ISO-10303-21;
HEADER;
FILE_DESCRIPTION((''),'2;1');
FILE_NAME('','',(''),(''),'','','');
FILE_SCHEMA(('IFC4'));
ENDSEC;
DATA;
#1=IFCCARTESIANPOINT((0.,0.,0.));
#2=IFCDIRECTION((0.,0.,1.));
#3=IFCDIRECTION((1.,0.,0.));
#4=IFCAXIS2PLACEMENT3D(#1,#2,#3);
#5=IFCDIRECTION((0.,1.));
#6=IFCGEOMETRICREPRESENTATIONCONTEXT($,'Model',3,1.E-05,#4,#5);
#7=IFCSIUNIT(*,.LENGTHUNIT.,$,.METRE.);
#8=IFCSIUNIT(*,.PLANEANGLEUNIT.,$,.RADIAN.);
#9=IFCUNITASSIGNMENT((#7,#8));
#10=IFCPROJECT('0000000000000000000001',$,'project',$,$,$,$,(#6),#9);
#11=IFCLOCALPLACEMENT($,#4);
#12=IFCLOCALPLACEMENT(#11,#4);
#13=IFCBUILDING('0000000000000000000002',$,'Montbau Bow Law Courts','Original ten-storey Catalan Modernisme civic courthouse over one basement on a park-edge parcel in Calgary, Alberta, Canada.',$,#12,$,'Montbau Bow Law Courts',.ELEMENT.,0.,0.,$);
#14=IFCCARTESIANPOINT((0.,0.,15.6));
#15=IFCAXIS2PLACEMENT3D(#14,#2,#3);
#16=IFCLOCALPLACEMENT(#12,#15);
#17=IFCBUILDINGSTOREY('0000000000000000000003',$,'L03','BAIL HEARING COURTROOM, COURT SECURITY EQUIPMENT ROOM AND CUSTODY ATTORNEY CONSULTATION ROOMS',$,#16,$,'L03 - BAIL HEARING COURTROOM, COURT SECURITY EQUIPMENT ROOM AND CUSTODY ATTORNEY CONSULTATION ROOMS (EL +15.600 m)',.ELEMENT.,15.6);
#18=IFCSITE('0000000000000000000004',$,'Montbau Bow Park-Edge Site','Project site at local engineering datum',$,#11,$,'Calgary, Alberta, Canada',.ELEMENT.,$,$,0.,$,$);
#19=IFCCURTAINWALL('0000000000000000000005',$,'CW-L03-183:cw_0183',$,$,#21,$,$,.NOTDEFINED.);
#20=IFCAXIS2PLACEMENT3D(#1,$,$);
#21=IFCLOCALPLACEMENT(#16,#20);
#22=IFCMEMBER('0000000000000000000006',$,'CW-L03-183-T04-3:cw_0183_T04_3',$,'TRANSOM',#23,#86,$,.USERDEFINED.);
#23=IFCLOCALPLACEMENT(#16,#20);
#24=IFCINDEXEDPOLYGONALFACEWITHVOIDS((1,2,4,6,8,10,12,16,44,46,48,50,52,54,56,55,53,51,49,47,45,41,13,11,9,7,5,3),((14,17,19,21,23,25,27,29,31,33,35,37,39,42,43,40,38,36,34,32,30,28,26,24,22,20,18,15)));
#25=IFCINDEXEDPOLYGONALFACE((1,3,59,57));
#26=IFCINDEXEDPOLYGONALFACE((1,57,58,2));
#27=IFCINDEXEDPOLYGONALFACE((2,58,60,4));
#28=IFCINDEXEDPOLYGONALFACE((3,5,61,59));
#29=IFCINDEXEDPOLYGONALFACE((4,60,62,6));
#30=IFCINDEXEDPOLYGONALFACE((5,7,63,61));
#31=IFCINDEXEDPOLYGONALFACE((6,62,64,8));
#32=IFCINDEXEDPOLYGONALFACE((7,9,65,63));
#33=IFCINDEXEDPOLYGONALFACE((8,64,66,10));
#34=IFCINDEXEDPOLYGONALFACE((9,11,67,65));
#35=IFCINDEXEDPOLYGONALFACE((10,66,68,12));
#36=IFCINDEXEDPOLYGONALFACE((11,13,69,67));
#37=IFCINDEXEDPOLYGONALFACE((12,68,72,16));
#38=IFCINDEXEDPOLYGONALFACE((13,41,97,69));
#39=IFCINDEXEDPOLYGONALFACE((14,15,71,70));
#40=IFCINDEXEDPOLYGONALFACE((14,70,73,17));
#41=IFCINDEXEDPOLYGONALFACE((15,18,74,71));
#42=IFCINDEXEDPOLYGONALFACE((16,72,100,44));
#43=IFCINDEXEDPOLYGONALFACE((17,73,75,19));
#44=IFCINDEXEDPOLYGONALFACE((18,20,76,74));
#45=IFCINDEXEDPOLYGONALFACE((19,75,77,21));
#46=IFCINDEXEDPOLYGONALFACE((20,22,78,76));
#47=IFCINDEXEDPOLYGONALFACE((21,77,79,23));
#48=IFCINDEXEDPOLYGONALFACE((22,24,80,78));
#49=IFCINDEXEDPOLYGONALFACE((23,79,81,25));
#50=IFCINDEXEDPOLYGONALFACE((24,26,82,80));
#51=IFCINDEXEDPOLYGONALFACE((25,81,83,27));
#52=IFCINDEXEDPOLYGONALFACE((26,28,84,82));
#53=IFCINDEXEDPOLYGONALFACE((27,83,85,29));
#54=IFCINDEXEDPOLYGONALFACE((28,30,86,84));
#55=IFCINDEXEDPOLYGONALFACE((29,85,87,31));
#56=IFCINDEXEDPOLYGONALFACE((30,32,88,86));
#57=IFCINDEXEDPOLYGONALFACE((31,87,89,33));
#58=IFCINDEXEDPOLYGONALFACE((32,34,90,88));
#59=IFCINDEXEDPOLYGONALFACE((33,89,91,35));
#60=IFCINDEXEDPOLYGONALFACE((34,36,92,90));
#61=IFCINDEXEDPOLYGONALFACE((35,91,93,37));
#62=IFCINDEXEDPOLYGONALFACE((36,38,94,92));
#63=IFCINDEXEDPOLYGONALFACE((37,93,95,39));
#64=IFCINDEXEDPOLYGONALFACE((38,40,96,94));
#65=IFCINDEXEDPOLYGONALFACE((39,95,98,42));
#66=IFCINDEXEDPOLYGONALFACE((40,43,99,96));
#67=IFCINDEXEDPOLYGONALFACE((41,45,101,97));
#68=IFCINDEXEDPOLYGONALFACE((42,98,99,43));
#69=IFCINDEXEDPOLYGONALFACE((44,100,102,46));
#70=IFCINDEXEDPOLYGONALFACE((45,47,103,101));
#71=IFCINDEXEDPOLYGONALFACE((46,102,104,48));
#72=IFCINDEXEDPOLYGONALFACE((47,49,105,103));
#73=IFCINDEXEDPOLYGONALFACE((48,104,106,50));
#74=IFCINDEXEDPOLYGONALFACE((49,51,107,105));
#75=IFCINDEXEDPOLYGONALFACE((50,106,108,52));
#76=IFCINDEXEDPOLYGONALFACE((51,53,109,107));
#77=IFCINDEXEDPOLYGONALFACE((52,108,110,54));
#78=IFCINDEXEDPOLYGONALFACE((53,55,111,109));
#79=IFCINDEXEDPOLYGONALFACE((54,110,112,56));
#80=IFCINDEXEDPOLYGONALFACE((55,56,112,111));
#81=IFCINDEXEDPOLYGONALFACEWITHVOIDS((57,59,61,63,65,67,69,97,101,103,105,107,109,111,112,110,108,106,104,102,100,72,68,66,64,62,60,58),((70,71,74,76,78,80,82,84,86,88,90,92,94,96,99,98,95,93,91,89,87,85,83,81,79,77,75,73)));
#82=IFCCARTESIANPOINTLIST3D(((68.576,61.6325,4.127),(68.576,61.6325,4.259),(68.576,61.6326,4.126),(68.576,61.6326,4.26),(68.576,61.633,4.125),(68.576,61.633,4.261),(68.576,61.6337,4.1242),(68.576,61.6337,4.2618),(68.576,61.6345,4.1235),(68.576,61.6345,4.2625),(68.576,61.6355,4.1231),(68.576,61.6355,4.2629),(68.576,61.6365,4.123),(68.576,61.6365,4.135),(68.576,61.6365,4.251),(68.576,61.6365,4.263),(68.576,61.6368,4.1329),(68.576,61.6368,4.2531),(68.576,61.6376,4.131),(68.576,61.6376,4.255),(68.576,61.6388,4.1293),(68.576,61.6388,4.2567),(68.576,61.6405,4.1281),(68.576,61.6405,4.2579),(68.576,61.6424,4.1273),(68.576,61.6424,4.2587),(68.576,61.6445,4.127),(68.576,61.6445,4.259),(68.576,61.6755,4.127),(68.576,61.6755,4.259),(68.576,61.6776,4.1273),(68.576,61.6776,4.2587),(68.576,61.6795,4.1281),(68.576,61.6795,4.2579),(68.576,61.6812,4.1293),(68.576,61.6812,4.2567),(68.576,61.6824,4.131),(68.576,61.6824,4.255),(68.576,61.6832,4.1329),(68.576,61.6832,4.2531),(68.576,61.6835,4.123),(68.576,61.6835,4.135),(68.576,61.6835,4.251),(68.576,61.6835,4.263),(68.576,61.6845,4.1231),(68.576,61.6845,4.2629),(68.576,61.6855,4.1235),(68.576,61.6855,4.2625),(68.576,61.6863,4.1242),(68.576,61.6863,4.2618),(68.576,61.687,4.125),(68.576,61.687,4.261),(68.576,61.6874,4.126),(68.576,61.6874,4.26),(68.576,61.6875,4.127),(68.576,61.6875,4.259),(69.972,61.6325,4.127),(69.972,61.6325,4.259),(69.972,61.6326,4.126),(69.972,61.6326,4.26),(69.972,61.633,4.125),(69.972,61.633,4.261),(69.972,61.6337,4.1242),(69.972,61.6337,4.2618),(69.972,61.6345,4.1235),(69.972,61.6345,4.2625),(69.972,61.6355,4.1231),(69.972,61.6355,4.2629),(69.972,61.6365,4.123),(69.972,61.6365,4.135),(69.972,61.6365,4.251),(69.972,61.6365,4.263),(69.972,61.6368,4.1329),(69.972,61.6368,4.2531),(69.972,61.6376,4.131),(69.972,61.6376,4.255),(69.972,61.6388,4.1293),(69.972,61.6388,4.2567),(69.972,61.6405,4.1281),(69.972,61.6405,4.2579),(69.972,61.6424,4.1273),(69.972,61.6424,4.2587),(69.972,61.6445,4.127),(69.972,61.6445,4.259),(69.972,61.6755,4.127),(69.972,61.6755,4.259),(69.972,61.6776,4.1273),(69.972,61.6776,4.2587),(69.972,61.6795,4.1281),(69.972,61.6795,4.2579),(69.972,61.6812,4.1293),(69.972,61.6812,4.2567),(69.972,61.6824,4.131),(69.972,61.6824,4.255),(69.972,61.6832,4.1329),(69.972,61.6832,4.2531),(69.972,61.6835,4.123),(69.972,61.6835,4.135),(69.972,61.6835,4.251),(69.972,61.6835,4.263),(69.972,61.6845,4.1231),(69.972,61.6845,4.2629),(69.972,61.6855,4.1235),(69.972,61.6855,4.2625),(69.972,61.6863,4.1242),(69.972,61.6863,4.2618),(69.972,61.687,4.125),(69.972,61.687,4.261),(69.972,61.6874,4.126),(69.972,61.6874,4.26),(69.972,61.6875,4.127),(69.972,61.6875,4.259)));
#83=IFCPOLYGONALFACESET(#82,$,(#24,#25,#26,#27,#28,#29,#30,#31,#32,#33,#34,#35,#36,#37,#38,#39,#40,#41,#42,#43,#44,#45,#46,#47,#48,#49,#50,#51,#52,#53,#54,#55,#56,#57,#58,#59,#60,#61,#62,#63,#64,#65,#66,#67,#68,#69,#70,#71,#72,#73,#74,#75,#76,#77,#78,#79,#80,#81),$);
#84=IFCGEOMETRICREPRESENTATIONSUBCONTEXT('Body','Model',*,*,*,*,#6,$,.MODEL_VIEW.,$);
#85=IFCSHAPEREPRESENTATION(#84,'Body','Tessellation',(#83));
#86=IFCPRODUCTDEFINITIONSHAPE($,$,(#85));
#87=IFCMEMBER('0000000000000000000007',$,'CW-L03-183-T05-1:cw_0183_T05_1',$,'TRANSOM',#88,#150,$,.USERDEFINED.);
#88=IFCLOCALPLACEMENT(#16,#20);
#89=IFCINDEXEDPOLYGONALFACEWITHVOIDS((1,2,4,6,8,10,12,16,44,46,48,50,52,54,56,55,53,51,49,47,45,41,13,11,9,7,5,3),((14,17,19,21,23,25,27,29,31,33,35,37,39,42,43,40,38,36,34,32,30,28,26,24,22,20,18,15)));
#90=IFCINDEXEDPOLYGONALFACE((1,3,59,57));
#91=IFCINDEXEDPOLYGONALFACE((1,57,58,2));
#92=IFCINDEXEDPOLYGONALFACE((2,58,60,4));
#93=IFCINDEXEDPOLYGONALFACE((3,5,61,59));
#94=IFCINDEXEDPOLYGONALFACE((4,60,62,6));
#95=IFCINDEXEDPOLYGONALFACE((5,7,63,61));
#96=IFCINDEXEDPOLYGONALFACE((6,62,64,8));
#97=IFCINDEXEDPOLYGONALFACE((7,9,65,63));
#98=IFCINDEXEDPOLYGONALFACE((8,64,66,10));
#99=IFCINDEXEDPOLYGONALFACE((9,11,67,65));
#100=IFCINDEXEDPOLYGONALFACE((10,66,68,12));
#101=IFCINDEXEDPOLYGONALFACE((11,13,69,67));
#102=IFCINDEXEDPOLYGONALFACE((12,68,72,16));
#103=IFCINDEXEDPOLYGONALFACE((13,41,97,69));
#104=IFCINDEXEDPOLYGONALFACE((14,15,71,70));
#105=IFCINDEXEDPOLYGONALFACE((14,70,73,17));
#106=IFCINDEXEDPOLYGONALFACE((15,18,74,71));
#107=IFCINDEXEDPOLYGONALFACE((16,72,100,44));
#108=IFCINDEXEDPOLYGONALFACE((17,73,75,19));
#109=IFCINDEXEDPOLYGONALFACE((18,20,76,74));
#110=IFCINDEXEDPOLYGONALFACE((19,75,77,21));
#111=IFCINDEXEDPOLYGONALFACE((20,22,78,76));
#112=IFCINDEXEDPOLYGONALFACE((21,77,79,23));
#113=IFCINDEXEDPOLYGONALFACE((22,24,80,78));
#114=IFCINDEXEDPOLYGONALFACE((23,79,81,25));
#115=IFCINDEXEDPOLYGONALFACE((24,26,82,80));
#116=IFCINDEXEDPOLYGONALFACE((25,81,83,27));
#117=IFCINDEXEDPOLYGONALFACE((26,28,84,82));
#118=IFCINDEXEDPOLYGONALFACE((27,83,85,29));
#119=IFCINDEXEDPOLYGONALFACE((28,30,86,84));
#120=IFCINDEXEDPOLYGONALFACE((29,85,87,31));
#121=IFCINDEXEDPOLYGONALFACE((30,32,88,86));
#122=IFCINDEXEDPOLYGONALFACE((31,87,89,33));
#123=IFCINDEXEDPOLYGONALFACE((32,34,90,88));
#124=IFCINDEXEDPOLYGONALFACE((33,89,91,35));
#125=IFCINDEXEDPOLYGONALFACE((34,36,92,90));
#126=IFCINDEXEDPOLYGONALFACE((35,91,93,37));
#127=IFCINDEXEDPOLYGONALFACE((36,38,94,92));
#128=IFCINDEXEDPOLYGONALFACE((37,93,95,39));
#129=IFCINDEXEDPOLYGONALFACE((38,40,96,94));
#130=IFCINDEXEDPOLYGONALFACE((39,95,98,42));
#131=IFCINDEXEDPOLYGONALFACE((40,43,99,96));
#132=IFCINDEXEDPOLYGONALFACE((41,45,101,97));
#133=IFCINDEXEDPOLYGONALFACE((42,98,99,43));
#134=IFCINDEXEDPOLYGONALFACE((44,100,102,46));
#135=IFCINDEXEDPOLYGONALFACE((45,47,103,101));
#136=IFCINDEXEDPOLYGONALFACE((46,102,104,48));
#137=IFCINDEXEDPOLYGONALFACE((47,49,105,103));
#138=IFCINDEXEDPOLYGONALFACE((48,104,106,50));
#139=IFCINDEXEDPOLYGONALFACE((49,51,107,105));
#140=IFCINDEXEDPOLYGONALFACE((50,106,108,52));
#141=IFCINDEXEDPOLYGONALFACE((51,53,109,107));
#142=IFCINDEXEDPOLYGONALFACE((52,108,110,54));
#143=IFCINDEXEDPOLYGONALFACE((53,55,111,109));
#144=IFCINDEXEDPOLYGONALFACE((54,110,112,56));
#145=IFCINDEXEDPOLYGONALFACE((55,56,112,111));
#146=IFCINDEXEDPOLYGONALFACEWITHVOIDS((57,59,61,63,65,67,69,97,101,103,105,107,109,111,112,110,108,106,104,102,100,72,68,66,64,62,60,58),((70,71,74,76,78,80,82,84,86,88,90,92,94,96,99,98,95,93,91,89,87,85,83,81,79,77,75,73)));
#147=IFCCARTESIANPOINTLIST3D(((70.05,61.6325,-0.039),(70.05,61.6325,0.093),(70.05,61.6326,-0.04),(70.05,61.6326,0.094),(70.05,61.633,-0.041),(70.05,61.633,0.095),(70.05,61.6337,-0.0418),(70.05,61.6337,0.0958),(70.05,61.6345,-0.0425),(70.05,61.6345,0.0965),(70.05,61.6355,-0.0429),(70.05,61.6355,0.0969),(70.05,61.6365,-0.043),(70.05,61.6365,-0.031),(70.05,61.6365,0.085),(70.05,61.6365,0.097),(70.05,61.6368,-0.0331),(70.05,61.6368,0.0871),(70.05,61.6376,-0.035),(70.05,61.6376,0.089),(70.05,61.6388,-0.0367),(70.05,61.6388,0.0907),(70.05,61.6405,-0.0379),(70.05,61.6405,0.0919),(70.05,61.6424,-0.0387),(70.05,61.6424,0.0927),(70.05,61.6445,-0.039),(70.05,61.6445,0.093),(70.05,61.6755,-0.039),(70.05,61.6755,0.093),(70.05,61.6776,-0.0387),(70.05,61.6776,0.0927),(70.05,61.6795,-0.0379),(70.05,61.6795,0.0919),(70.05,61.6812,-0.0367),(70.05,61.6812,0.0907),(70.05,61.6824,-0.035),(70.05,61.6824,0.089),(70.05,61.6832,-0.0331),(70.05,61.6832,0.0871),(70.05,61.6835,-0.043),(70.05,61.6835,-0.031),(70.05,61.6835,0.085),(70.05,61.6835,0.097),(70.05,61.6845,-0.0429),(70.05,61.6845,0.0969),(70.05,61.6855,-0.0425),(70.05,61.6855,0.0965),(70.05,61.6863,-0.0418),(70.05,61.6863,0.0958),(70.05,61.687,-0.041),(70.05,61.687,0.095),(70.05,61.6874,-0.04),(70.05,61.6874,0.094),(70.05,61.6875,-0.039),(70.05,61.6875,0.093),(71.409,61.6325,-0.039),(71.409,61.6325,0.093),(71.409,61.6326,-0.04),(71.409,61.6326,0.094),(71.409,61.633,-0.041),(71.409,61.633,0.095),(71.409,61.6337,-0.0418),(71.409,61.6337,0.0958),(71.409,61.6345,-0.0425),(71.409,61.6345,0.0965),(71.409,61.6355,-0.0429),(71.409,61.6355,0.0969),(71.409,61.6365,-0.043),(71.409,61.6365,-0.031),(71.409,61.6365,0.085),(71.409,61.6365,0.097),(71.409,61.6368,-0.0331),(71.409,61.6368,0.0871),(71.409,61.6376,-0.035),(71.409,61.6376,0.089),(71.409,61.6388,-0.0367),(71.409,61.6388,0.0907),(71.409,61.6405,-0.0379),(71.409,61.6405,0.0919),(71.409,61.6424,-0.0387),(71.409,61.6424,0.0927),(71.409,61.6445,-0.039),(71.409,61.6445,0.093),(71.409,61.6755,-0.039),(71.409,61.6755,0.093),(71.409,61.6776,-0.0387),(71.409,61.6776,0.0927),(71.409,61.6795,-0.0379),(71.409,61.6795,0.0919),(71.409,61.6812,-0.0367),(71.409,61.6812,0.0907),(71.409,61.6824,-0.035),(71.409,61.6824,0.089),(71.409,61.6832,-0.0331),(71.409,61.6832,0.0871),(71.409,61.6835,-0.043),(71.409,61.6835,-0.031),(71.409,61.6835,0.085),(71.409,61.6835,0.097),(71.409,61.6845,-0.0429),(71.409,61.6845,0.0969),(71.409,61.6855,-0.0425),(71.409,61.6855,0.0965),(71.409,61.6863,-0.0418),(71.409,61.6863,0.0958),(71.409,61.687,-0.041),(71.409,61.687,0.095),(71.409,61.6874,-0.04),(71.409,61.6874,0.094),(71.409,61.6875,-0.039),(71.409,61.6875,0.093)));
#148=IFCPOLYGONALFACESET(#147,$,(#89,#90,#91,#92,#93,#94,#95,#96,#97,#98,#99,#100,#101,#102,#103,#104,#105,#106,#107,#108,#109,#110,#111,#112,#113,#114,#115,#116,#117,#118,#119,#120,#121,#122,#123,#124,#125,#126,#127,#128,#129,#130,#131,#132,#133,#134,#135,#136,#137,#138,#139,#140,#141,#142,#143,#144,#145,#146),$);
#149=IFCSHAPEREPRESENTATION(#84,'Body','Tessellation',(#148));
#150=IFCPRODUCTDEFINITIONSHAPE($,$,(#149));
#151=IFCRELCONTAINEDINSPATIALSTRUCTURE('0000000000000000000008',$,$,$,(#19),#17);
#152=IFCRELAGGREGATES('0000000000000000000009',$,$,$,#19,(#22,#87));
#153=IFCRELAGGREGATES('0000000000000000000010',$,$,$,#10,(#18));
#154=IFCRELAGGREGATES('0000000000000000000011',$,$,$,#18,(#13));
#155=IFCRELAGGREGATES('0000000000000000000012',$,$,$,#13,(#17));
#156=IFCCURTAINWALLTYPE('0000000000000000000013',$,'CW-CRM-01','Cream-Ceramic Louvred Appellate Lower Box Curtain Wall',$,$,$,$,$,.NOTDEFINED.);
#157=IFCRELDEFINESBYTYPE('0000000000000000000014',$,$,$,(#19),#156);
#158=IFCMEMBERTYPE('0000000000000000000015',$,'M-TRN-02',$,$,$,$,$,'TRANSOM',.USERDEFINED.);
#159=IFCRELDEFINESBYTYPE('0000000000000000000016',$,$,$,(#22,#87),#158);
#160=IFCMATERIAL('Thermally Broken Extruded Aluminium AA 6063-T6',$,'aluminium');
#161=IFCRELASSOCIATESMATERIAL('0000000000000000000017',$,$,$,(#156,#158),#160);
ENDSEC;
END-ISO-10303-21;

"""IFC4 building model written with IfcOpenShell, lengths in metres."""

from ifc_helpers import new_model, si_unit, direction, frame, origin_with_axes, origin_2d_with_axis, place, context, subcontext, project, spatial, hollow_rectangle, extrude, material, material_profile, profile_set, type_object, element, aggregate, save


model = new_model("IFC4")

# Units and contexts
model_context = context("Model", 3, precision=1e-05, world=origin_with_axes(), true_north=direction((0.0, 1.0)))
body_context = subcontext(model_context, "Body", "Model", "MODEL_VIEW")
ifc_project = project(units=[si_unit("LENGTHUNIT", "METRE"), si_unit("PLANEANGLEUNIT", "RADIAN")], contexts=[model_context])

# Site, building, storey
site_placement = place(None, origin_with_axes())
site = spatial("IfcSite", under=ifc_project, at=site_placement, Name="Montbau Bow Park-Edge Site", Description="Project site at local engineering datum", LongName="Calgary, Alberta, Canada", CompositionType="ELEMENT", RefElevation=0.0)
building_placement = place(site_placement, origin_with_axes())
building = spatial("IfcBuilding", under=site, at=building_placement, Name="Montbau Bow Law Courts", Description="Original ten-storey Catalan Modernisme civic courthouse over one basement on a park-edge parcel in Calgary, Alberta, Canada.", LongName="Montbau Bow Law Courts", CompositionType="ELEMENT", ElevationOfRefHeight=0.0, ElevationOfTerrain=0.0)
storey_placement = place(building_placement, frame((0.0, 0.0, 15.6), z_axis=(0.0, 0.0, 1.0), x_axis=(1.0, 0.0, 0.0)))
storey = spatial("IfcBuildingStorey", under=building, at=storey_placement, Name="L03", Description="BAIL HEARING COURTROOM, COURT SECURITY EQUIPMENT ROOM AND CUSTODY ATTORNEY CONSULTATION ROOMS", LongName="L03 - BAIL HEARING COURTROOM, COURT SECURITY EQUIPMENT ROOM AND CUSTODY ATTORNEY CONSULTATION ROOMS (EL +15.600 m)", CompositionType="ELEMENT", Elevation=15.6)

# Curtain wall
ifc_material_1 = material(Name="Thermally Broken Extruded Aluminium AA 6063-T6", Category="aluminium")
curtain_wall_type = type_object("IfcCurtainWallType", Name="CW-CRM-01", Description="Cream-Ceramic Louvred Appellate Lower Box Curtain Wall", PredefinedType="NOTDEFINED", material=ifc_material_1)
curtain_wall_1_placement = place(None, frame((64.115, 61.66, 15.6), z_axis=(0.0, 0.0, 1.0), x_axis=(1.0, 0.0, 0.0)))
curtain_wall_1 = element("IfcCurtainWall", 1, at=curtain_wall_1_placement, inside=storey, type_object=curtain_wall_type, Name="CW-L03-183:cw_0183", PredefinedType="NOTDEFINED")

# Members
ifc_material_profile_1 = material_profile(ifc_material_1, hollow_rectangle(XDim=0.055, YDim=0.14, WallThickness=0.004, InnerFilletRadius=0.008, OuterFilletRadius=0.004, at=origin_2d_with_axis()), Name="CWT-140X55", Category="Main", Priority=0)
ifc_profile_set_1 = profile_set([ifc_material_profile_1], Name="Thermally Broken Extruded Aluminium AA 6063-T6")
member_type_1 = type_object("IfcMemberType", Name="M-TRN-02", ElementType="TRANSOM", PredefinedType="USERDEFINED", material=ifc_profile_set_1)
member_1_placement = place(None, frame((68.576, 61.66, 19.793), z_axis=(1.0, 0.0, 0.0), x_axis=(0.0, 1.0, 0.0)))
member_1 = element("IfcMember", 2, at=member_1_placement, type_object=member_type_1, Name="CW-L03-183-T04-3:cw_0183_T04_3", ObjectType="TRANSOM", PredefinedType="USERDEFINED", context=body_context, shape_type="SweptSolid", body=[
    extrude(hollow_rectangle(XDim=0.055, YDim=0.14, WallThickness=0.004, InnerFilletRadius=0.008, OuterFilletRadius=0.004, at=origin_2d_with_axis()), origin_with_axes(), (0.0, 0.0, 1.0), 1.396),
])
member_2_placement = place(None, frame((70.05, 61.66, 15.627), z_axis=(1.0, 0.0, 0.0), x_axis=(0.0, 1.0, 0.0)))
member_2 = element("IfcMember", 3, at=member_2_placement, type_object=member_type_1, Name="CW-L03-183-T05-1:cw_0183_T05_1", ObjectType="TRANSOM", PredefinedType="USERDEFINED", context=body_context, shape_type="SweptSolid", body=[
    extrude(hollow_rectangle(XDim=0.055, YDim=0.14, WallThickness=0.004, InnerFilletRadius=0.008, OuterFilletRadius=0.004, at=origin_2d_with_axis()), origin_with_axes(), (0.0, 0.0, 1.0), 1.359),
])

aggregate(curtain_wall_1, [member_1, member_2])

save(model, "model.ifc")
